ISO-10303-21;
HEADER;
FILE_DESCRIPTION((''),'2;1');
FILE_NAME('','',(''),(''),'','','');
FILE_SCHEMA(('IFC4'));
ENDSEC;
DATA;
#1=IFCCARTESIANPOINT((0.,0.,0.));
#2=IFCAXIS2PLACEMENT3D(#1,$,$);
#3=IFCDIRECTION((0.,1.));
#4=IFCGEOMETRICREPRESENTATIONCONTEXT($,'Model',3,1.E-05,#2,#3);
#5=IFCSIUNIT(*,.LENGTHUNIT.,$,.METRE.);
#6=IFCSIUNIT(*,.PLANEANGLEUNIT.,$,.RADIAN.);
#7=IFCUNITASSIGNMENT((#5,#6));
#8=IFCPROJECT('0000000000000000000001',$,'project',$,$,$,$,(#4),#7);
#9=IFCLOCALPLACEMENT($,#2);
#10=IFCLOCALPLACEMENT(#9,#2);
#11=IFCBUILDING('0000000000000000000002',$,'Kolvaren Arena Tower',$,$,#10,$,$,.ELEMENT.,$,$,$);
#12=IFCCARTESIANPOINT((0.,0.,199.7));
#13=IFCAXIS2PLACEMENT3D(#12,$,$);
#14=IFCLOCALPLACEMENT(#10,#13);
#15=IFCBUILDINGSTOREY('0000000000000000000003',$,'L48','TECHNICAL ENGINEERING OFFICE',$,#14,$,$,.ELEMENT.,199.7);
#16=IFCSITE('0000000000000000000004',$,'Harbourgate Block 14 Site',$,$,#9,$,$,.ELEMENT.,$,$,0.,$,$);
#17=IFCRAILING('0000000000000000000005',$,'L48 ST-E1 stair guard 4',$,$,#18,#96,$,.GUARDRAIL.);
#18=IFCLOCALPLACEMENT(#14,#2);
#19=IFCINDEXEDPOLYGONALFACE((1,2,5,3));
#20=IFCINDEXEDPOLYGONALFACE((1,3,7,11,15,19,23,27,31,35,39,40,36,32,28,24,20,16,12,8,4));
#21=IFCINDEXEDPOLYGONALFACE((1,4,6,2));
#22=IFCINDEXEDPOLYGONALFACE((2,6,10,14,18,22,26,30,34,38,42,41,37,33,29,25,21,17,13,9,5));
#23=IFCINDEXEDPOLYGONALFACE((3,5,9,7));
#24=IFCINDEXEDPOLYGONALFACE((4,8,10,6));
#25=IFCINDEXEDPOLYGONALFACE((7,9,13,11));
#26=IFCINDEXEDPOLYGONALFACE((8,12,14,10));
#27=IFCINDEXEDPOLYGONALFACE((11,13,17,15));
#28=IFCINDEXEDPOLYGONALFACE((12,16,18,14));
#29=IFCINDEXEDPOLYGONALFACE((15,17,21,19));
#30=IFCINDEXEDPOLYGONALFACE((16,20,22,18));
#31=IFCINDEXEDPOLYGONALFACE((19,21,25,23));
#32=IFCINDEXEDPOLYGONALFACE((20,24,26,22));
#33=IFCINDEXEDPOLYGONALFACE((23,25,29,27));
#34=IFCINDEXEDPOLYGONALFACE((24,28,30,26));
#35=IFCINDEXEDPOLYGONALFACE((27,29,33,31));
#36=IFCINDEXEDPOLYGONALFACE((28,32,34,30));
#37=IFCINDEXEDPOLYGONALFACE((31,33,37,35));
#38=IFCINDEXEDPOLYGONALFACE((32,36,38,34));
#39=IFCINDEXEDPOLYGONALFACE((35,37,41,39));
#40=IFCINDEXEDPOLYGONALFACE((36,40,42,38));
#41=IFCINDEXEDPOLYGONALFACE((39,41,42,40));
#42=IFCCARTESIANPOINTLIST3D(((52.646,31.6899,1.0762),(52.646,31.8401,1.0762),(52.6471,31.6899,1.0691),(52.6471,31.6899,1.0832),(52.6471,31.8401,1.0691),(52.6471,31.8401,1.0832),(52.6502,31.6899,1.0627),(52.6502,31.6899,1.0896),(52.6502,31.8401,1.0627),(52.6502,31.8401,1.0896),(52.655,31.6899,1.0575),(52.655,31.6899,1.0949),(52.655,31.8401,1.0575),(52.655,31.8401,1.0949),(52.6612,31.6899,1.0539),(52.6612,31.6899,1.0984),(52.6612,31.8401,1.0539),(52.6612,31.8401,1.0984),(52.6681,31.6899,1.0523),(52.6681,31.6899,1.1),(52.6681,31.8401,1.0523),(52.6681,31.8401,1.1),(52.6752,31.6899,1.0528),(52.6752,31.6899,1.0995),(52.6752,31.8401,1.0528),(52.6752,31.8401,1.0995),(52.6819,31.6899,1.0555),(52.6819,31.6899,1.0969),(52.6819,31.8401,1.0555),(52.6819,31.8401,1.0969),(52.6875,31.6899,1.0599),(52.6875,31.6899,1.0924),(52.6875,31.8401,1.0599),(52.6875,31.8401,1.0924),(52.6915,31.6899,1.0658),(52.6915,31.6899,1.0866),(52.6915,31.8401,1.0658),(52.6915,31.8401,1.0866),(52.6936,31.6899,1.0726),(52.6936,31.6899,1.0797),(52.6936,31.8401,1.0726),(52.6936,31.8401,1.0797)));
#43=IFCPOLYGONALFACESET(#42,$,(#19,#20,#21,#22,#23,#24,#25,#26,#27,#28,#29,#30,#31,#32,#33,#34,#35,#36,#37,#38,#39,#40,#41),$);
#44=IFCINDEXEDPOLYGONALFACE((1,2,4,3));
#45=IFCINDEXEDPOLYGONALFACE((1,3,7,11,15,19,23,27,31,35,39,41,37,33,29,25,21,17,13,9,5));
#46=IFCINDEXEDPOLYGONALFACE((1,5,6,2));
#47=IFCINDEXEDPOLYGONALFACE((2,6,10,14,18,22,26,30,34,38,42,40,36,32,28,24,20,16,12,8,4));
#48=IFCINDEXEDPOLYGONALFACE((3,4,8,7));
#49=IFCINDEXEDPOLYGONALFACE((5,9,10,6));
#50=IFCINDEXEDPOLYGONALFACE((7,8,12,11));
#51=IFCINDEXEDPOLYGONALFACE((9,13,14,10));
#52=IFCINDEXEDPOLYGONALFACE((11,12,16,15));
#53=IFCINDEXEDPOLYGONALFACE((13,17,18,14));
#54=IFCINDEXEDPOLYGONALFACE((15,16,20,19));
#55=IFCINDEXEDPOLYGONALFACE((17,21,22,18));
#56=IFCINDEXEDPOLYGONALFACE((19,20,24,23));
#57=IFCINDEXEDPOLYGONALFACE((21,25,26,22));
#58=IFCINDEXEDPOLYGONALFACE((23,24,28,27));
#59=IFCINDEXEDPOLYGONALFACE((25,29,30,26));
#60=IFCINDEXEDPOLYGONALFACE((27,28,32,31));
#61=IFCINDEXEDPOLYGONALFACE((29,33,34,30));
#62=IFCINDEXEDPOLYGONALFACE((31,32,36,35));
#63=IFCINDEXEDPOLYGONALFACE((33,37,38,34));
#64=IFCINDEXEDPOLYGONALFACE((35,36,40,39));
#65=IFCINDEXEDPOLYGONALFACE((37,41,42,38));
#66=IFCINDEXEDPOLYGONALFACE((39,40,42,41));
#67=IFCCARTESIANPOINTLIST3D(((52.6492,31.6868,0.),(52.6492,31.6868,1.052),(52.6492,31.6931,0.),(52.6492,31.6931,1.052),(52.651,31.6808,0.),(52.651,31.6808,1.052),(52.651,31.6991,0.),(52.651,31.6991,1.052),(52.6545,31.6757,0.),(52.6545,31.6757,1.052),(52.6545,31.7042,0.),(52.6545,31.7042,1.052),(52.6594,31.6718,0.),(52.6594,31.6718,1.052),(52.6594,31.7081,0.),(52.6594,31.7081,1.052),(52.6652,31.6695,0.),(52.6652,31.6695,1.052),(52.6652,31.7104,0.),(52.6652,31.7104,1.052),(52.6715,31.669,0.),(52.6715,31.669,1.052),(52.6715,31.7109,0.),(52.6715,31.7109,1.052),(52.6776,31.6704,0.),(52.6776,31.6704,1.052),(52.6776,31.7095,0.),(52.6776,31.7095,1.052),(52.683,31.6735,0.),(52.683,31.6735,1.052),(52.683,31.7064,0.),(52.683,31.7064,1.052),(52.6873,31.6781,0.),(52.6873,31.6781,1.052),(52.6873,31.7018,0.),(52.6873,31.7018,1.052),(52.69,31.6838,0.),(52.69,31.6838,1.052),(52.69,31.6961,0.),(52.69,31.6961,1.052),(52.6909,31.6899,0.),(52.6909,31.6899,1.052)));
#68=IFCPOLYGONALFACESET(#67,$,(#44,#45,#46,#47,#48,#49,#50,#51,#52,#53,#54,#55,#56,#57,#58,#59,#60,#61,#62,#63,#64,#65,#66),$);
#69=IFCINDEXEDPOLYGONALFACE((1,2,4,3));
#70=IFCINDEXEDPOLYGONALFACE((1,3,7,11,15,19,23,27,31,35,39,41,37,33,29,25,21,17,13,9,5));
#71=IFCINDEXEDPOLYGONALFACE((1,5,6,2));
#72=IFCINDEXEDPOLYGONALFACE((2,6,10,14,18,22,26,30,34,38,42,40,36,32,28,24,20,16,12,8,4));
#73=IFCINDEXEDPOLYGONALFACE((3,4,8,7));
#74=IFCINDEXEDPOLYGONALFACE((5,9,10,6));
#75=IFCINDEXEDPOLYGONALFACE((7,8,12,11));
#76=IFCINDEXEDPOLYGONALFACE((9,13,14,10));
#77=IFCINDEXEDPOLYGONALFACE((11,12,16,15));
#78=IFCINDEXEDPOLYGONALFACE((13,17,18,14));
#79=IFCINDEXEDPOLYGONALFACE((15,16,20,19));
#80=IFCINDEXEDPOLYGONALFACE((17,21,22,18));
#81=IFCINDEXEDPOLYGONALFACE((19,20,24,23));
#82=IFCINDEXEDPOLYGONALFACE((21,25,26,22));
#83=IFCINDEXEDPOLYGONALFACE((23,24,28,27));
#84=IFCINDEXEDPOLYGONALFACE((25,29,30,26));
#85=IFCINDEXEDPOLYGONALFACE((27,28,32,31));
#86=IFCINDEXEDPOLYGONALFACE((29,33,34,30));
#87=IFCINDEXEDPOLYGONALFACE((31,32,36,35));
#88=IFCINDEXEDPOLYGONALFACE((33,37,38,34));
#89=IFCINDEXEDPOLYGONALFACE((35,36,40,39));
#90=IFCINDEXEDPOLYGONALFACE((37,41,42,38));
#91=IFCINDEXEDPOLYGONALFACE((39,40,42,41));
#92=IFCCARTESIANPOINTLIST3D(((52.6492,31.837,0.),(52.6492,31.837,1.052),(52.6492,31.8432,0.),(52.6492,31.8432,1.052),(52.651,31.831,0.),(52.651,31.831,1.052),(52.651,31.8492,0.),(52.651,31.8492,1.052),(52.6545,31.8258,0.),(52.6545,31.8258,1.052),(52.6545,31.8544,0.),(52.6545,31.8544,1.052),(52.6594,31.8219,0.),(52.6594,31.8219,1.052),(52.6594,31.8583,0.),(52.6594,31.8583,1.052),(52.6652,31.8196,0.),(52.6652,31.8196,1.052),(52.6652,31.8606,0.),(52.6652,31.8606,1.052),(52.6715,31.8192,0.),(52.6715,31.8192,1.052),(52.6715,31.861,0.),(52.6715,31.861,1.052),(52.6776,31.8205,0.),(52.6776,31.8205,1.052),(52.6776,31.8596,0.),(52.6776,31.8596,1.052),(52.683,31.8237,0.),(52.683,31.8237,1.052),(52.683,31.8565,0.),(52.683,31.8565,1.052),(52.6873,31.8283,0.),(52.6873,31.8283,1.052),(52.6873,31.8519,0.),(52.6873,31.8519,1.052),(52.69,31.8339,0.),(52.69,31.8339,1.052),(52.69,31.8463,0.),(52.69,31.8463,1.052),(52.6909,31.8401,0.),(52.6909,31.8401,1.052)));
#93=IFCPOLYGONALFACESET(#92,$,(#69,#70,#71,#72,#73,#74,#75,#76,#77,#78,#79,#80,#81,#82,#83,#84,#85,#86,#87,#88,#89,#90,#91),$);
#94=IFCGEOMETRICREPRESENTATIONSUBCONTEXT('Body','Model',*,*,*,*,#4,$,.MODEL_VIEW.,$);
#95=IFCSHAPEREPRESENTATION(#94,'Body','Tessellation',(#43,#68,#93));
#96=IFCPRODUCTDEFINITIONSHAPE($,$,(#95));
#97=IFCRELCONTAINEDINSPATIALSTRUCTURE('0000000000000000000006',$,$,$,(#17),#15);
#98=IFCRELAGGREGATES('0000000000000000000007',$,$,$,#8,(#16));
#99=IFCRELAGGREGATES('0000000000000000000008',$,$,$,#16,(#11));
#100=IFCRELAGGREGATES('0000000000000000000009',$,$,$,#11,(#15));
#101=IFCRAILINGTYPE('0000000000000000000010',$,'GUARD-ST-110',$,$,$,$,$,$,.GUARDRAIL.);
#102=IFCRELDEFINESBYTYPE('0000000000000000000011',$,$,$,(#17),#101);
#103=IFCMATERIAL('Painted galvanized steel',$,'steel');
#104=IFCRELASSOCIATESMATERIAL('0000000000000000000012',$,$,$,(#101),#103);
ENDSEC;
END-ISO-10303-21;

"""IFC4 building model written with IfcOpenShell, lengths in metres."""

from ifc_helpers import new_model, si_unit, direction, frame, origin, origin_2d, place, context, subcontext, project, spatial, circle, extrude, material, type_object, element, save


model = new_model("IFC4")

# Units and contexts
model_context = context("Model", 3, precision=1e-05, world=origin(), true_north=direction((0.0, 1.0)))
body_context = subcontext(model_context, "Body", "Model", "MODEL_VIEW")
ifc_project = project(units=[si_unit("LENGTHUNIT", "METRE"), si_unit("PLANEANGLEUNIT", "RADIAN")], contexts=[model_context])

# Site, building, storey
site_placement = place(None, origin())
site = spatial("IfcSite", under=ifc_project, at=site_placement, Name="Harbourgate Block 14 Site", CompositionType="ELEMENT", RefElevation=0.0)
building_placement = place(site_placement, origin())
building = spatial("IfcBuilding", under=site, at=building_placement, Name="Kolvaren Arena Tower", CompositionType="ELEMENT")
storey_placement = place(building_placement, frame((0.0, 0.0, 199.7)))
storey = spatial("IfcBuildingStorey", under=building, at=storey_placement, Name="L48", Description="TECHNICAL ENGINEERING OFFICE", CompositionType="ELEMENT", Elevation=199.7)

# Railing
ifc_material_1 = material(Name="Painted galvanized steel", Category="steel")
railing_type_1 = type_object("IfcRailingType", Name="GUARD-ST-110", PredefinedType="GUARDRAIL", material=ifc_material_1)
railing_1_placement = place(storey_placement, frame((52.6699, 31.6899, 0.0)))
element("IfcRailing", 1, at=railing_1_placement, inside=storey, type_object=railing_type_1, Name="L48 ST-E1 stair guard 4", PredefinedType="GUARDRAIL", context=body_context, shape_type="SweptSolid", body=[
    extrude(circle(Radius=0.0239, at=origin_2d()), frame((0.0, 0.0, 1.0762), z_axis=(0.0, 1.0, 0.0), x_axis=(-1.0, 0.0, 0.0)), (0.0, 0.0, 1.0), 0.1501),
    extrude(circle(Radius=0.021, at=origin_2d()), origin(), (0.0, 0.0, 1.0), 1.052),
    extrude(circle(Radius=0.021, at=origin_2d()), frame((0.0, 0.1501, 0.0)), (0.0, 0.0, 1.0), 1.052),
])

save(model, "model.ifc")
